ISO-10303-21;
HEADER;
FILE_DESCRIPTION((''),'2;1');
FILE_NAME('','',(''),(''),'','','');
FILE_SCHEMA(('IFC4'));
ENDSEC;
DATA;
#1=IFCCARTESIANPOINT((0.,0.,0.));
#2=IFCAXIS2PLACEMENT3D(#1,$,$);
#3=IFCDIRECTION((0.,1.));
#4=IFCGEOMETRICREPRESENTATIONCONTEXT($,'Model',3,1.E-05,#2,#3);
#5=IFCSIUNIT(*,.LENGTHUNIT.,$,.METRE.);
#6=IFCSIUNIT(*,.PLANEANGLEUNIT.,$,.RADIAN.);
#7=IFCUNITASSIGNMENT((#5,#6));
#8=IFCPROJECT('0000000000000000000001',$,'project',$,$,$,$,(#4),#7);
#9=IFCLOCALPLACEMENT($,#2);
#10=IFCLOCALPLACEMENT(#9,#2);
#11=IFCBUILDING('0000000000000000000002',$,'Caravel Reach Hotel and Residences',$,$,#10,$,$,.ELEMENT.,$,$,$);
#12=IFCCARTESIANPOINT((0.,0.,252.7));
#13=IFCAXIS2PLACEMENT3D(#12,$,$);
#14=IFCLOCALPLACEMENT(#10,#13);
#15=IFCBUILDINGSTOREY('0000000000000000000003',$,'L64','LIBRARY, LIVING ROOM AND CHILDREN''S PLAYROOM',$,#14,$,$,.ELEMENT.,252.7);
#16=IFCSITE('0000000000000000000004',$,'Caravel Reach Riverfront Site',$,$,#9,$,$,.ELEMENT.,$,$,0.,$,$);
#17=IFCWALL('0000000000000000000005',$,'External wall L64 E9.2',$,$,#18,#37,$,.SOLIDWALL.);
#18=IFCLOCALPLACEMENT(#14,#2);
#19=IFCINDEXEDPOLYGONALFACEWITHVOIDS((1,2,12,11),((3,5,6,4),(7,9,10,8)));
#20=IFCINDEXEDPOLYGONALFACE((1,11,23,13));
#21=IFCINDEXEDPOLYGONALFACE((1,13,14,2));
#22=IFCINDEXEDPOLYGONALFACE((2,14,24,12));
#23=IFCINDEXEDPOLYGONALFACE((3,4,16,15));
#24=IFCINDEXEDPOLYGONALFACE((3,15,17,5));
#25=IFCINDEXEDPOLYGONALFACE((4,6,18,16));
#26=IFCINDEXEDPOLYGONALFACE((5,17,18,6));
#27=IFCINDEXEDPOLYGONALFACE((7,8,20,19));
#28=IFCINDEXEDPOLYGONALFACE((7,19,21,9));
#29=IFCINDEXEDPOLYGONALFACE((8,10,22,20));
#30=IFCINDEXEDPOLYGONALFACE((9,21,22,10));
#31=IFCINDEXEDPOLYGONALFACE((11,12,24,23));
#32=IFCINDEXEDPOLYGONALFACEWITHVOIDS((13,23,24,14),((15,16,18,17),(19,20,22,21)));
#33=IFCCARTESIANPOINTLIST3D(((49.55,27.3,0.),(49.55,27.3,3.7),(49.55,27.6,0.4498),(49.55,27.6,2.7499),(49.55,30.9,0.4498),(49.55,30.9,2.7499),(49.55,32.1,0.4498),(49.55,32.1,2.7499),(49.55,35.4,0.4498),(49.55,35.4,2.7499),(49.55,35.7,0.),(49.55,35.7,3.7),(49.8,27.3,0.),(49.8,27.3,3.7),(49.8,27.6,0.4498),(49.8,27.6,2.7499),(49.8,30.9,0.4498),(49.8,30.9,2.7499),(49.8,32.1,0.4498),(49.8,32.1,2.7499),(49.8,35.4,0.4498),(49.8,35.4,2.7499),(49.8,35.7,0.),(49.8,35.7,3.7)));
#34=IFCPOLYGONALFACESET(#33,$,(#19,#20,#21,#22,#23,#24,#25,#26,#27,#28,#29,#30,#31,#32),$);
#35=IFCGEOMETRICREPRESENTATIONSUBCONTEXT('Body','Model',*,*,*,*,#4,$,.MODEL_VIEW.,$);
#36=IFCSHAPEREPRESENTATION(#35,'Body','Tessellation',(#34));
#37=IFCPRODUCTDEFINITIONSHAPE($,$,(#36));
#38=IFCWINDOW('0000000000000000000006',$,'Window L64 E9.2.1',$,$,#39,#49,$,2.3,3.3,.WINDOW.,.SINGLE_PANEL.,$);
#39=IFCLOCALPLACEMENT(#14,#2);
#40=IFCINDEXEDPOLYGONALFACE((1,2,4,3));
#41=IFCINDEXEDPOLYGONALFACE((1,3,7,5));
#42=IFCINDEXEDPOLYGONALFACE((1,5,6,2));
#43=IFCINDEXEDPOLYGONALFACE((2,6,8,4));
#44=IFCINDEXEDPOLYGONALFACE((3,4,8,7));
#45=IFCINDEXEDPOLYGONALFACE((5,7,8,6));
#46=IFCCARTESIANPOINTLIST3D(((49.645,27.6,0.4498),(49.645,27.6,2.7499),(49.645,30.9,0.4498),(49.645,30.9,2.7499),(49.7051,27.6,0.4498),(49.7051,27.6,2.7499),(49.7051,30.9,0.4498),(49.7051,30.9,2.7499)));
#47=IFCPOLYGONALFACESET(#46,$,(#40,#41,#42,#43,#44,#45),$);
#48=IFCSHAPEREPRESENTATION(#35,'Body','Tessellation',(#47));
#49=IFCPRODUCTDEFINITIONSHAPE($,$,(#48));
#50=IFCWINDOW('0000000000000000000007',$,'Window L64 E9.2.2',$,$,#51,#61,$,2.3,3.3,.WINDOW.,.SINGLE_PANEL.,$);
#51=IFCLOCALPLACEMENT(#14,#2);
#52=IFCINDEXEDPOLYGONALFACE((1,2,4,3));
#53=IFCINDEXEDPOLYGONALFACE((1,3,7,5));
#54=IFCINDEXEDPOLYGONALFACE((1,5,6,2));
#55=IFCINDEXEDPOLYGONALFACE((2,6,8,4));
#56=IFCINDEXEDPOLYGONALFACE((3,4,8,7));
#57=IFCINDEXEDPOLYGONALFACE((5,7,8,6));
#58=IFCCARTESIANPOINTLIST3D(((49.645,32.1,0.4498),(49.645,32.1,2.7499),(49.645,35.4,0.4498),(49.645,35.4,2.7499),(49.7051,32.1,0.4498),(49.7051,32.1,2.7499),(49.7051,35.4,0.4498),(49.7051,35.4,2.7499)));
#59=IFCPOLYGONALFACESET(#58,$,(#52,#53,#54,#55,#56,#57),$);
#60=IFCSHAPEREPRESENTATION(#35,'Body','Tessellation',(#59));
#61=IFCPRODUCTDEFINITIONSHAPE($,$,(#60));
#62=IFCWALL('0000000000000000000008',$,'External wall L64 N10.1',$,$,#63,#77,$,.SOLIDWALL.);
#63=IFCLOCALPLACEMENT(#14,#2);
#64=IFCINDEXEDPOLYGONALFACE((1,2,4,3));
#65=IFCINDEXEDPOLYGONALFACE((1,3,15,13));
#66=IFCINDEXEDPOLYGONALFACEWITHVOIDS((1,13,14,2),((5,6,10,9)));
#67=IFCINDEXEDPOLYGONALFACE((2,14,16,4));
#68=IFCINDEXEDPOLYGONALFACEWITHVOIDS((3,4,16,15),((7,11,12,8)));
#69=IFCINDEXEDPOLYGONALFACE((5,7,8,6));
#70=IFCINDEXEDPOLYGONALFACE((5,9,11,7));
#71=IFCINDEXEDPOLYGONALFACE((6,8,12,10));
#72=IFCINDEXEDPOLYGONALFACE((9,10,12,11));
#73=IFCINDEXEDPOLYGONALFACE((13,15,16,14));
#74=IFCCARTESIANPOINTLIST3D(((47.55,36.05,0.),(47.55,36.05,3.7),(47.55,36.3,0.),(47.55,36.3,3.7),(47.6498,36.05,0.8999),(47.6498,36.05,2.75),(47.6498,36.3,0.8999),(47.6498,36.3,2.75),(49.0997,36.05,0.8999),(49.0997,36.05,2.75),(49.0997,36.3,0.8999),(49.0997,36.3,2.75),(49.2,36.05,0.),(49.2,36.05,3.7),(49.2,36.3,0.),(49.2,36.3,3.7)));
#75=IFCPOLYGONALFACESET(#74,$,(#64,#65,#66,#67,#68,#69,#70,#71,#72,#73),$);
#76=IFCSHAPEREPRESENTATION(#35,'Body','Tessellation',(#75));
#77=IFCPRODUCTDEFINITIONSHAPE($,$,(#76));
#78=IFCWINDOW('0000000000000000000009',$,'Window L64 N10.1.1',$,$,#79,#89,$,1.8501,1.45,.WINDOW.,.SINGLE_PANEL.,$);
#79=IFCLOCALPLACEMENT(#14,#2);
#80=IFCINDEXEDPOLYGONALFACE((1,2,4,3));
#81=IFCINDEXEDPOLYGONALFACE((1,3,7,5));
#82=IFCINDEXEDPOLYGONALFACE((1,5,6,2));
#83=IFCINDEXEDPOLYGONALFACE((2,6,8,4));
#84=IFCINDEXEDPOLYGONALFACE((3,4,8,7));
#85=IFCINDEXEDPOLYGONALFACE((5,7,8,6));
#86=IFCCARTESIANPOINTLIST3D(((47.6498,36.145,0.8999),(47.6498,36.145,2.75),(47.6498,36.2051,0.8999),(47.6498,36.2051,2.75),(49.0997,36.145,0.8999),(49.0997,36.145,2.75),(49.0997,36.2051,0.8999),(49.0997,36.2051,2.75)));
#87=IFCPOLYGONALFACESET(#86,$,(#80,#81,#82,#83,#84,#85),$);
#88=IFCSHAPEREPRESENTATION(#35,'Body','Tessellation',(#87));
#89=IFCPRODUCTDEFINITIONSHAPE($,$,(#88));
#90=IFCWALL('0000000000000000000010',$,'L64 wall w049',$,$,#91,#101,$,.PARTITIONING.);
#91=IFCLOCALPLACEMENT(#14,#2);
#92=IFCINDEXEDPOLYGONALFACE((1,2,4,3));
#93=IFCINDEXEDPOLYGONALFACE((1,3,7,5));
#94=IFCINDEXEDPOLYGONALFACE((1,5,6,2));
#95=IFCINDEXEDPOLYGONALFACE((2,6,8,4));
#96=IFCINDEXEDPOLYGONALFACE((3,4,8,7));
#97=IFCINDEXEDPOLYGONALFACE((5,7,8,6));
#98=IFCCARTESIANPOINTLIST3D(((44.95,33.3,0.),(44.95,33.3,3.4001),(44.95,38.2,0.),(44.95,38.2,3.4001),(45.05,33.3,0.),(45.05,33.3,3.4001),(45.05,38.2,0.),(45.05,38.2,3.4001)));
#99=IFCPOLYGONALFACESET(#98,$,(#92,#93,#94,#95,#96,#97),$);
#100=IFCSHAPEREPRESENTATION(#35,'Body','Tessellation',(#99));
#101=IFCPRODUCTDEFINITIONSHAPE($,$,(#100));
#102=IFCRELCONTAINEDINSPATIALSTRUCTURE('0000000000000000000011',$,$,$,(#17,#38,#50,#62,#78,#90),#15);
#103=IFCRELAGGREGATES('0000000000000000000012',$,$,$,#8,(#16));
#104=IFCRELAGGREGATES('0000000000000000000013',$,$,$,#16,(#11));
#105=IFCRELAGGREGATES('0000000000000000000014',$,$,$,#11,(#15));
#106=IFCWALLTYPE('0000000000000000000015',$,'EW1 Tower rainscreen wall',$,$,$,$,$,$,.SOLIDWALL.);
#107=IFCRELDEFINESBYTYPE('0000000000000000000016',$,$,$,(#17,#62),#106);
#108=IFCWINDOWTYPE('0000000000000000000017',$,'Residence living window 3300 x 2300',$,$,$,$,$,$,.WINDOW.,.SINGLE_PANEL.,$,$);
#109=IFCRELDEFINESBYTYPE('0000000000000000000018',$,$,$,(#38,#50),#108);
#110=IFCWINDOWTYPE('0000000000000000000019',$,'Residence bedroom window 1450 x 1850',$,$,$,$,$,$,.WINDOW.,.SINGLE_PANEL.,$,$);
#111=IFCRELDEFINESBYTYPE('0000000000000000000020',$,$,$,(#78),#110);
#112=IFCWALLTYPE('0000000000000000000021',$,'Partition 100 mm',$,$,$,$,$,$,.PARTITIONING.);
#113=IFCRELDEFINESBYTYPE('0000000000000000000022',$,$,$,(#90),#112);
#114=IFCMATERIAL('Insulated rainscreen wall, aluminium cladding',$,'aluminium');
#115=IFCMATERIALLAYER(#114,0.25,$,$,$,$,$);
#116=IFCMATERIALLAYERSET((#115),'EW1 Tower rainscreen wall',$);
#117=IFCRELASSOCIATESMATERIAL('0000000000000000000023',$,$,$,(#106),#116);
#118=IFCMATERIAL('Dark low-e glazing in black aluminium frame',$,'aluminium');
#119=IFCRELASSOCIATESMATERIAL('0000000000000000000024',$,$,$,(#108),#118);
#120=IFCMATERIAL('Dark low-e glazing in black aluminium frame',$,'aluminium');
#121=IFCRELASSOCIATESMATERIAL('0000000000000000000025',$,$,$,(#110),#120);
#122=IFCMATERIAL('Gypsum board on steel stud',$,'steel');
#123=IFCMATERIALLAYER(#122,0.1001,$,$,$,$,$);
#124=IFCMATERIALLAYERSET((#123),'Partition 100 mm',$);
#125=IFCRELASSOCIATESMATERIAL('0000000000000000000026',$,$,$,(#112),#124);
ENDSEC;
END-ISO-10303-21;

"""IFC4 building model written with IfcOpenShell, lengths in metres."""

from ifc_helpers import new_model, si_unit, direction, frame, frame_2d, origin, place, context, subcontext, project, spatial, rectangle, extrude, material, layer, layer_set, type_object, element, fill, save


model = new_model("IFC4")

# Units and contexts
model_context = context("Model", 3, precision=1e-05, world=origin(), true_north=direction((0.0, 1.0)))
body_context = subcontext(model_context, "Body", "Model", "MODEL_VIEW")
ifc_project = project(units=[si_unit("LENGTHUNIT", "METRE"), si_unit("PLANEANGLEUNIT", "RADIAN")], contexts=[model_context])

# Site, building, storey
site_placement = place(None, origin())
site = spatial("IfcSite", under=ifc_project, at=site_placement, Name="Caravel Reach Riverfront Site", CompositionType="ELEMENT", RefElevation=0.0)
building_placement = place(site_placement, origin())
building = spatial("IfcBuilding", under=site, at=building_placement, Name="Caravel Reach Hotel and Residences", CompositionType="ELEMENT")
storey_placement = place(building_placement, frame((0.0, 0.0, 252.7)))
storey = spatial("IfcBuildingStorey", under=building, at=storey_placement, Name="L64", Description="LIBRARY, LIVING ROOM AND CHILDREN'S PLAYROOM", CompositionType="ELEMENT", Elevation=252.7)

# Wall, openings, windows
ifc_material_1 = material(Name="Insulated rainscreen wall, aluminium cladding", Category="aluminium")
ifc_layer_1 = layer(ifc_material_1, 0.25)
ifc_layer_set_1 = layer_set([ifc_layer_1], Name="EW1 Tower rainscreen wall")
wall_type_1 = type_object("IfcWallType", Name="EW1 Tower rainscreen wall", PredefinedType="SOLIDWALL", material=ifc_layer_set_1)
wall_1_placement = place(storey_placement, frame((49.675, 27.3, 0.0), z_axis=(0.0, 0.0, 1.0), x_axis=(0.0, 1.0, 0.0)))
wall_1 = element("IfcWall", 1, at=wall_1_placement, inside=storey, type_object=wall_type_1, Name="External wall L64 E9.2", PredefinedType="SOLIDWALL", context=body_context, shape_type="SweptSolid", body=[
    extrude(rectangle(XDim=8.3999, YDim=0.25, at=frame_2d((4.2, 0.0))), origin(), (0.0, 0.0, 1.0), 3.7),
])
opening_1_placement = place(wall_1_placement, frame((0.3, 0.0, 0.45)))
opening_1 = element("IfcOpeningElement", 2, at=opening_1_placement, cuts=wall_1, PredefinedType="OPENING", context=body_context, shape_type="SweptSolid", body=[
    extrude(rectangle(XDim=3.3, YDim=2.3, at=frame_2d((1.6499, 1.1499))), frame((0.0, 0.135, 0.0), z_axis=(0.0, -1.0, 0.0), x_axis=(1.0, 0.0, 0.0)), (0.0, 0.0, 1.0), 0.27),
])
opening_2_placement = place(wall_1_placement, frame((4.8, 0.0, 0.45)))
opening_2 = element("IfcOpeningElement", 3, at=opening_2_placement, cuts=wall_1, PredefinedType="OPENING", context=body_context, shape_type="SweptSolid", body=[
    extrude(rectangle(XDim=3.3, YDim=2.3, at=frame_2d((1.6499, 1.1499))), frame((0.0, 0.135, 0.0), z_axis=(0.0, -1.0, 0.0), x_axis=(1.0, 0.0, 0.0)), (0.0, 0.0, 1.0), 0.27),
])
ifc_material_2 = material(Name="Dark low-e glazing in black aluminium frame", Category="aluminium")
window_type_1 = type_object("IfcWindowType", Name="Residence living window 3300 x 2300", PartitioningType="SINGLE_PANEL", PredefinedType="WINDOW", material=ifc_material_2)
window_1_placement = place(opening_1_placement, origin())
window_1 = element("IfcWindow", 4, at=window_1_placement, inside=storey, type_object=window_type_1, Name="Window L64 E9.2.1", OverallHeight=2.3, OverallWidth=3.3, PartitioningType="SINGLE_PANEL", PredefinedType="WINDOW", context=body_context, shape_type="SweptSolid", body=[
    extrude(rectangle(XDim=3.3, YDim=2.3, at=frame_2d((1.6499, 1.1499))), frame((0.0, 0.03, 0.0), z_axis=(0.0, -1.0, 0.0), x_axis=(1.0, 0.0, 0.0)), (0.0, 0.0, 1.0), 0.0601),
])
fill(opening_1, window_1)
window_2_placement = place(opening_2_placement, origin())
window_2 = element("IfcWindow", 5, at=window_2_placement, inside=storey, type_object=window_type_1, Name="Window L64 E9.2.2", OverallHeight=2.3, OverallWidth=3.3, PartitioningType="SINGLE_PANEL", PredefinedType="WINDOW", context=body_context, shape_type="SweptSolid", body=[
    extrude(rectangle(XDim=3.3, YDim=2.3, at=frame_2d((1.6499, 1.1499))), frame((0.0, 0.03, 0.0), z_axis=(0.0, -1.0, 0.0), x_axis=(1.0, 0.0, 0.0)), (0.0, 0.0, 1.0), 0.0601),
])
fill(opening_2, window_2)

# Wall, opening, window
wall_2_placement = place(storey_placement, frame((49.2, 36.175, 0.0), z_axis=(0.0, 0.0, 1.0), x_axis=(-1.0, 0.0, 0.0)))
wall_2 = element("IfcWall", 6, at=wall_2_placement, inside=storey, type_object=wall_type_1, Name="External wall L64 N10.1", PredefinedType="SOLIDWALL", context=body_context, shape_type="SweptSolid", body=[
    extrude(rectangle(XDim=1.6499, YDim=0.25, at=frame_2d((0.825, 0.0))), origin(), (0.0, 0.0, 1.0), 3.7),
])
opening_3_placement = place(wall_2_placement, frame((0.1001, 0.0, 0.8999)))
opening_3 = element("IfcOpeningElement", 7, at=opening_3_placement, cuts=wall_2, PredefinedType="OPENING", context=body_context, shape_type="SweptSolid", body=[
    extrude(rectangle(XDim=1.45, YDim=1.8501, at=frame_2d((0.7251, 0.925))), frame((0.0, 0.135, 0.0), z_axis=(0.0, -1.0, 0.0), x_axis=(1.0, 0.0, 0.0)), (0.0, 0.0, 1.0), 0.27),
])
ifc_material_3 = material(Name="Dark low-e glazing in black aluminium frame", Category="aluminium")
window_type_2 = type_object("IfcWindowType", Name="Residence bedroom window 1450 x 1850", PartitioningType="SINGLE_PANEL", PredefinedType="WINDOW", material=ifc_material_3)
window_3_placement = place(opening_3_placement, origin())
window_3 = element("IfcWindow", 8, at=window_3_placement, inside=storey, type_object=window_type_2, Name="Window L64 N10.1.1", OverallHeight=1.8501, OverallWidth=1.45, PartitioningType="SINGLE_PANEL", PredefinedType="WINDOW", context=body_context, shape_type="SweptSolid", body=[
    extrude(rectangle(XDim=1.45, YDim=1.8501, at=frame_2d((0.7251, 0.925))), frame((0.0, 0.03, 0.0), z_axis=(0.0, -1.0, 0.0), x_axis=(1.0, 0.0, 0.0)), (0.0, 0.0, 1.0), 0.0601),
])
fill(opening_3, window_3)

# Wall
ifc_material_4 = material(Name="Gypsum board on steel stud", Category="steel")
ifc_layer_2 = layer(ifc_material_4, 0.1001)
ifc_layer_set_2 = layer_set([ifc_layer_2], Name="Partition 100 mm")
wall_type_2 = type_object("IfcWallType", Name="Partition 100 mm", PredefinedType="PARTITIONING", material=ifc_layer_set_2)
wall_3_placement = place(storey_placement, frame((45.0, 33.3, 0.0), z_axis=(0.0, 0.0, 1.0), x_axis=(0.0, 1.0, 0.0)))
element("IfcWall", 9, at=wall_3_placement, inside=storey, type_object=wall_type_2, Name="L64 wall w049", PredefinedType="PARTITIONING", context=body_context, shape_type="SweptSolid", body=[
    extrude(rectangle(XDim=4.8999, YDim=0.1001, at=frame_2d((2.45, 0.0))), origin(), (0.0, 0.0, 1.0), 3.4001),
])

save(model, "model.ifc")
